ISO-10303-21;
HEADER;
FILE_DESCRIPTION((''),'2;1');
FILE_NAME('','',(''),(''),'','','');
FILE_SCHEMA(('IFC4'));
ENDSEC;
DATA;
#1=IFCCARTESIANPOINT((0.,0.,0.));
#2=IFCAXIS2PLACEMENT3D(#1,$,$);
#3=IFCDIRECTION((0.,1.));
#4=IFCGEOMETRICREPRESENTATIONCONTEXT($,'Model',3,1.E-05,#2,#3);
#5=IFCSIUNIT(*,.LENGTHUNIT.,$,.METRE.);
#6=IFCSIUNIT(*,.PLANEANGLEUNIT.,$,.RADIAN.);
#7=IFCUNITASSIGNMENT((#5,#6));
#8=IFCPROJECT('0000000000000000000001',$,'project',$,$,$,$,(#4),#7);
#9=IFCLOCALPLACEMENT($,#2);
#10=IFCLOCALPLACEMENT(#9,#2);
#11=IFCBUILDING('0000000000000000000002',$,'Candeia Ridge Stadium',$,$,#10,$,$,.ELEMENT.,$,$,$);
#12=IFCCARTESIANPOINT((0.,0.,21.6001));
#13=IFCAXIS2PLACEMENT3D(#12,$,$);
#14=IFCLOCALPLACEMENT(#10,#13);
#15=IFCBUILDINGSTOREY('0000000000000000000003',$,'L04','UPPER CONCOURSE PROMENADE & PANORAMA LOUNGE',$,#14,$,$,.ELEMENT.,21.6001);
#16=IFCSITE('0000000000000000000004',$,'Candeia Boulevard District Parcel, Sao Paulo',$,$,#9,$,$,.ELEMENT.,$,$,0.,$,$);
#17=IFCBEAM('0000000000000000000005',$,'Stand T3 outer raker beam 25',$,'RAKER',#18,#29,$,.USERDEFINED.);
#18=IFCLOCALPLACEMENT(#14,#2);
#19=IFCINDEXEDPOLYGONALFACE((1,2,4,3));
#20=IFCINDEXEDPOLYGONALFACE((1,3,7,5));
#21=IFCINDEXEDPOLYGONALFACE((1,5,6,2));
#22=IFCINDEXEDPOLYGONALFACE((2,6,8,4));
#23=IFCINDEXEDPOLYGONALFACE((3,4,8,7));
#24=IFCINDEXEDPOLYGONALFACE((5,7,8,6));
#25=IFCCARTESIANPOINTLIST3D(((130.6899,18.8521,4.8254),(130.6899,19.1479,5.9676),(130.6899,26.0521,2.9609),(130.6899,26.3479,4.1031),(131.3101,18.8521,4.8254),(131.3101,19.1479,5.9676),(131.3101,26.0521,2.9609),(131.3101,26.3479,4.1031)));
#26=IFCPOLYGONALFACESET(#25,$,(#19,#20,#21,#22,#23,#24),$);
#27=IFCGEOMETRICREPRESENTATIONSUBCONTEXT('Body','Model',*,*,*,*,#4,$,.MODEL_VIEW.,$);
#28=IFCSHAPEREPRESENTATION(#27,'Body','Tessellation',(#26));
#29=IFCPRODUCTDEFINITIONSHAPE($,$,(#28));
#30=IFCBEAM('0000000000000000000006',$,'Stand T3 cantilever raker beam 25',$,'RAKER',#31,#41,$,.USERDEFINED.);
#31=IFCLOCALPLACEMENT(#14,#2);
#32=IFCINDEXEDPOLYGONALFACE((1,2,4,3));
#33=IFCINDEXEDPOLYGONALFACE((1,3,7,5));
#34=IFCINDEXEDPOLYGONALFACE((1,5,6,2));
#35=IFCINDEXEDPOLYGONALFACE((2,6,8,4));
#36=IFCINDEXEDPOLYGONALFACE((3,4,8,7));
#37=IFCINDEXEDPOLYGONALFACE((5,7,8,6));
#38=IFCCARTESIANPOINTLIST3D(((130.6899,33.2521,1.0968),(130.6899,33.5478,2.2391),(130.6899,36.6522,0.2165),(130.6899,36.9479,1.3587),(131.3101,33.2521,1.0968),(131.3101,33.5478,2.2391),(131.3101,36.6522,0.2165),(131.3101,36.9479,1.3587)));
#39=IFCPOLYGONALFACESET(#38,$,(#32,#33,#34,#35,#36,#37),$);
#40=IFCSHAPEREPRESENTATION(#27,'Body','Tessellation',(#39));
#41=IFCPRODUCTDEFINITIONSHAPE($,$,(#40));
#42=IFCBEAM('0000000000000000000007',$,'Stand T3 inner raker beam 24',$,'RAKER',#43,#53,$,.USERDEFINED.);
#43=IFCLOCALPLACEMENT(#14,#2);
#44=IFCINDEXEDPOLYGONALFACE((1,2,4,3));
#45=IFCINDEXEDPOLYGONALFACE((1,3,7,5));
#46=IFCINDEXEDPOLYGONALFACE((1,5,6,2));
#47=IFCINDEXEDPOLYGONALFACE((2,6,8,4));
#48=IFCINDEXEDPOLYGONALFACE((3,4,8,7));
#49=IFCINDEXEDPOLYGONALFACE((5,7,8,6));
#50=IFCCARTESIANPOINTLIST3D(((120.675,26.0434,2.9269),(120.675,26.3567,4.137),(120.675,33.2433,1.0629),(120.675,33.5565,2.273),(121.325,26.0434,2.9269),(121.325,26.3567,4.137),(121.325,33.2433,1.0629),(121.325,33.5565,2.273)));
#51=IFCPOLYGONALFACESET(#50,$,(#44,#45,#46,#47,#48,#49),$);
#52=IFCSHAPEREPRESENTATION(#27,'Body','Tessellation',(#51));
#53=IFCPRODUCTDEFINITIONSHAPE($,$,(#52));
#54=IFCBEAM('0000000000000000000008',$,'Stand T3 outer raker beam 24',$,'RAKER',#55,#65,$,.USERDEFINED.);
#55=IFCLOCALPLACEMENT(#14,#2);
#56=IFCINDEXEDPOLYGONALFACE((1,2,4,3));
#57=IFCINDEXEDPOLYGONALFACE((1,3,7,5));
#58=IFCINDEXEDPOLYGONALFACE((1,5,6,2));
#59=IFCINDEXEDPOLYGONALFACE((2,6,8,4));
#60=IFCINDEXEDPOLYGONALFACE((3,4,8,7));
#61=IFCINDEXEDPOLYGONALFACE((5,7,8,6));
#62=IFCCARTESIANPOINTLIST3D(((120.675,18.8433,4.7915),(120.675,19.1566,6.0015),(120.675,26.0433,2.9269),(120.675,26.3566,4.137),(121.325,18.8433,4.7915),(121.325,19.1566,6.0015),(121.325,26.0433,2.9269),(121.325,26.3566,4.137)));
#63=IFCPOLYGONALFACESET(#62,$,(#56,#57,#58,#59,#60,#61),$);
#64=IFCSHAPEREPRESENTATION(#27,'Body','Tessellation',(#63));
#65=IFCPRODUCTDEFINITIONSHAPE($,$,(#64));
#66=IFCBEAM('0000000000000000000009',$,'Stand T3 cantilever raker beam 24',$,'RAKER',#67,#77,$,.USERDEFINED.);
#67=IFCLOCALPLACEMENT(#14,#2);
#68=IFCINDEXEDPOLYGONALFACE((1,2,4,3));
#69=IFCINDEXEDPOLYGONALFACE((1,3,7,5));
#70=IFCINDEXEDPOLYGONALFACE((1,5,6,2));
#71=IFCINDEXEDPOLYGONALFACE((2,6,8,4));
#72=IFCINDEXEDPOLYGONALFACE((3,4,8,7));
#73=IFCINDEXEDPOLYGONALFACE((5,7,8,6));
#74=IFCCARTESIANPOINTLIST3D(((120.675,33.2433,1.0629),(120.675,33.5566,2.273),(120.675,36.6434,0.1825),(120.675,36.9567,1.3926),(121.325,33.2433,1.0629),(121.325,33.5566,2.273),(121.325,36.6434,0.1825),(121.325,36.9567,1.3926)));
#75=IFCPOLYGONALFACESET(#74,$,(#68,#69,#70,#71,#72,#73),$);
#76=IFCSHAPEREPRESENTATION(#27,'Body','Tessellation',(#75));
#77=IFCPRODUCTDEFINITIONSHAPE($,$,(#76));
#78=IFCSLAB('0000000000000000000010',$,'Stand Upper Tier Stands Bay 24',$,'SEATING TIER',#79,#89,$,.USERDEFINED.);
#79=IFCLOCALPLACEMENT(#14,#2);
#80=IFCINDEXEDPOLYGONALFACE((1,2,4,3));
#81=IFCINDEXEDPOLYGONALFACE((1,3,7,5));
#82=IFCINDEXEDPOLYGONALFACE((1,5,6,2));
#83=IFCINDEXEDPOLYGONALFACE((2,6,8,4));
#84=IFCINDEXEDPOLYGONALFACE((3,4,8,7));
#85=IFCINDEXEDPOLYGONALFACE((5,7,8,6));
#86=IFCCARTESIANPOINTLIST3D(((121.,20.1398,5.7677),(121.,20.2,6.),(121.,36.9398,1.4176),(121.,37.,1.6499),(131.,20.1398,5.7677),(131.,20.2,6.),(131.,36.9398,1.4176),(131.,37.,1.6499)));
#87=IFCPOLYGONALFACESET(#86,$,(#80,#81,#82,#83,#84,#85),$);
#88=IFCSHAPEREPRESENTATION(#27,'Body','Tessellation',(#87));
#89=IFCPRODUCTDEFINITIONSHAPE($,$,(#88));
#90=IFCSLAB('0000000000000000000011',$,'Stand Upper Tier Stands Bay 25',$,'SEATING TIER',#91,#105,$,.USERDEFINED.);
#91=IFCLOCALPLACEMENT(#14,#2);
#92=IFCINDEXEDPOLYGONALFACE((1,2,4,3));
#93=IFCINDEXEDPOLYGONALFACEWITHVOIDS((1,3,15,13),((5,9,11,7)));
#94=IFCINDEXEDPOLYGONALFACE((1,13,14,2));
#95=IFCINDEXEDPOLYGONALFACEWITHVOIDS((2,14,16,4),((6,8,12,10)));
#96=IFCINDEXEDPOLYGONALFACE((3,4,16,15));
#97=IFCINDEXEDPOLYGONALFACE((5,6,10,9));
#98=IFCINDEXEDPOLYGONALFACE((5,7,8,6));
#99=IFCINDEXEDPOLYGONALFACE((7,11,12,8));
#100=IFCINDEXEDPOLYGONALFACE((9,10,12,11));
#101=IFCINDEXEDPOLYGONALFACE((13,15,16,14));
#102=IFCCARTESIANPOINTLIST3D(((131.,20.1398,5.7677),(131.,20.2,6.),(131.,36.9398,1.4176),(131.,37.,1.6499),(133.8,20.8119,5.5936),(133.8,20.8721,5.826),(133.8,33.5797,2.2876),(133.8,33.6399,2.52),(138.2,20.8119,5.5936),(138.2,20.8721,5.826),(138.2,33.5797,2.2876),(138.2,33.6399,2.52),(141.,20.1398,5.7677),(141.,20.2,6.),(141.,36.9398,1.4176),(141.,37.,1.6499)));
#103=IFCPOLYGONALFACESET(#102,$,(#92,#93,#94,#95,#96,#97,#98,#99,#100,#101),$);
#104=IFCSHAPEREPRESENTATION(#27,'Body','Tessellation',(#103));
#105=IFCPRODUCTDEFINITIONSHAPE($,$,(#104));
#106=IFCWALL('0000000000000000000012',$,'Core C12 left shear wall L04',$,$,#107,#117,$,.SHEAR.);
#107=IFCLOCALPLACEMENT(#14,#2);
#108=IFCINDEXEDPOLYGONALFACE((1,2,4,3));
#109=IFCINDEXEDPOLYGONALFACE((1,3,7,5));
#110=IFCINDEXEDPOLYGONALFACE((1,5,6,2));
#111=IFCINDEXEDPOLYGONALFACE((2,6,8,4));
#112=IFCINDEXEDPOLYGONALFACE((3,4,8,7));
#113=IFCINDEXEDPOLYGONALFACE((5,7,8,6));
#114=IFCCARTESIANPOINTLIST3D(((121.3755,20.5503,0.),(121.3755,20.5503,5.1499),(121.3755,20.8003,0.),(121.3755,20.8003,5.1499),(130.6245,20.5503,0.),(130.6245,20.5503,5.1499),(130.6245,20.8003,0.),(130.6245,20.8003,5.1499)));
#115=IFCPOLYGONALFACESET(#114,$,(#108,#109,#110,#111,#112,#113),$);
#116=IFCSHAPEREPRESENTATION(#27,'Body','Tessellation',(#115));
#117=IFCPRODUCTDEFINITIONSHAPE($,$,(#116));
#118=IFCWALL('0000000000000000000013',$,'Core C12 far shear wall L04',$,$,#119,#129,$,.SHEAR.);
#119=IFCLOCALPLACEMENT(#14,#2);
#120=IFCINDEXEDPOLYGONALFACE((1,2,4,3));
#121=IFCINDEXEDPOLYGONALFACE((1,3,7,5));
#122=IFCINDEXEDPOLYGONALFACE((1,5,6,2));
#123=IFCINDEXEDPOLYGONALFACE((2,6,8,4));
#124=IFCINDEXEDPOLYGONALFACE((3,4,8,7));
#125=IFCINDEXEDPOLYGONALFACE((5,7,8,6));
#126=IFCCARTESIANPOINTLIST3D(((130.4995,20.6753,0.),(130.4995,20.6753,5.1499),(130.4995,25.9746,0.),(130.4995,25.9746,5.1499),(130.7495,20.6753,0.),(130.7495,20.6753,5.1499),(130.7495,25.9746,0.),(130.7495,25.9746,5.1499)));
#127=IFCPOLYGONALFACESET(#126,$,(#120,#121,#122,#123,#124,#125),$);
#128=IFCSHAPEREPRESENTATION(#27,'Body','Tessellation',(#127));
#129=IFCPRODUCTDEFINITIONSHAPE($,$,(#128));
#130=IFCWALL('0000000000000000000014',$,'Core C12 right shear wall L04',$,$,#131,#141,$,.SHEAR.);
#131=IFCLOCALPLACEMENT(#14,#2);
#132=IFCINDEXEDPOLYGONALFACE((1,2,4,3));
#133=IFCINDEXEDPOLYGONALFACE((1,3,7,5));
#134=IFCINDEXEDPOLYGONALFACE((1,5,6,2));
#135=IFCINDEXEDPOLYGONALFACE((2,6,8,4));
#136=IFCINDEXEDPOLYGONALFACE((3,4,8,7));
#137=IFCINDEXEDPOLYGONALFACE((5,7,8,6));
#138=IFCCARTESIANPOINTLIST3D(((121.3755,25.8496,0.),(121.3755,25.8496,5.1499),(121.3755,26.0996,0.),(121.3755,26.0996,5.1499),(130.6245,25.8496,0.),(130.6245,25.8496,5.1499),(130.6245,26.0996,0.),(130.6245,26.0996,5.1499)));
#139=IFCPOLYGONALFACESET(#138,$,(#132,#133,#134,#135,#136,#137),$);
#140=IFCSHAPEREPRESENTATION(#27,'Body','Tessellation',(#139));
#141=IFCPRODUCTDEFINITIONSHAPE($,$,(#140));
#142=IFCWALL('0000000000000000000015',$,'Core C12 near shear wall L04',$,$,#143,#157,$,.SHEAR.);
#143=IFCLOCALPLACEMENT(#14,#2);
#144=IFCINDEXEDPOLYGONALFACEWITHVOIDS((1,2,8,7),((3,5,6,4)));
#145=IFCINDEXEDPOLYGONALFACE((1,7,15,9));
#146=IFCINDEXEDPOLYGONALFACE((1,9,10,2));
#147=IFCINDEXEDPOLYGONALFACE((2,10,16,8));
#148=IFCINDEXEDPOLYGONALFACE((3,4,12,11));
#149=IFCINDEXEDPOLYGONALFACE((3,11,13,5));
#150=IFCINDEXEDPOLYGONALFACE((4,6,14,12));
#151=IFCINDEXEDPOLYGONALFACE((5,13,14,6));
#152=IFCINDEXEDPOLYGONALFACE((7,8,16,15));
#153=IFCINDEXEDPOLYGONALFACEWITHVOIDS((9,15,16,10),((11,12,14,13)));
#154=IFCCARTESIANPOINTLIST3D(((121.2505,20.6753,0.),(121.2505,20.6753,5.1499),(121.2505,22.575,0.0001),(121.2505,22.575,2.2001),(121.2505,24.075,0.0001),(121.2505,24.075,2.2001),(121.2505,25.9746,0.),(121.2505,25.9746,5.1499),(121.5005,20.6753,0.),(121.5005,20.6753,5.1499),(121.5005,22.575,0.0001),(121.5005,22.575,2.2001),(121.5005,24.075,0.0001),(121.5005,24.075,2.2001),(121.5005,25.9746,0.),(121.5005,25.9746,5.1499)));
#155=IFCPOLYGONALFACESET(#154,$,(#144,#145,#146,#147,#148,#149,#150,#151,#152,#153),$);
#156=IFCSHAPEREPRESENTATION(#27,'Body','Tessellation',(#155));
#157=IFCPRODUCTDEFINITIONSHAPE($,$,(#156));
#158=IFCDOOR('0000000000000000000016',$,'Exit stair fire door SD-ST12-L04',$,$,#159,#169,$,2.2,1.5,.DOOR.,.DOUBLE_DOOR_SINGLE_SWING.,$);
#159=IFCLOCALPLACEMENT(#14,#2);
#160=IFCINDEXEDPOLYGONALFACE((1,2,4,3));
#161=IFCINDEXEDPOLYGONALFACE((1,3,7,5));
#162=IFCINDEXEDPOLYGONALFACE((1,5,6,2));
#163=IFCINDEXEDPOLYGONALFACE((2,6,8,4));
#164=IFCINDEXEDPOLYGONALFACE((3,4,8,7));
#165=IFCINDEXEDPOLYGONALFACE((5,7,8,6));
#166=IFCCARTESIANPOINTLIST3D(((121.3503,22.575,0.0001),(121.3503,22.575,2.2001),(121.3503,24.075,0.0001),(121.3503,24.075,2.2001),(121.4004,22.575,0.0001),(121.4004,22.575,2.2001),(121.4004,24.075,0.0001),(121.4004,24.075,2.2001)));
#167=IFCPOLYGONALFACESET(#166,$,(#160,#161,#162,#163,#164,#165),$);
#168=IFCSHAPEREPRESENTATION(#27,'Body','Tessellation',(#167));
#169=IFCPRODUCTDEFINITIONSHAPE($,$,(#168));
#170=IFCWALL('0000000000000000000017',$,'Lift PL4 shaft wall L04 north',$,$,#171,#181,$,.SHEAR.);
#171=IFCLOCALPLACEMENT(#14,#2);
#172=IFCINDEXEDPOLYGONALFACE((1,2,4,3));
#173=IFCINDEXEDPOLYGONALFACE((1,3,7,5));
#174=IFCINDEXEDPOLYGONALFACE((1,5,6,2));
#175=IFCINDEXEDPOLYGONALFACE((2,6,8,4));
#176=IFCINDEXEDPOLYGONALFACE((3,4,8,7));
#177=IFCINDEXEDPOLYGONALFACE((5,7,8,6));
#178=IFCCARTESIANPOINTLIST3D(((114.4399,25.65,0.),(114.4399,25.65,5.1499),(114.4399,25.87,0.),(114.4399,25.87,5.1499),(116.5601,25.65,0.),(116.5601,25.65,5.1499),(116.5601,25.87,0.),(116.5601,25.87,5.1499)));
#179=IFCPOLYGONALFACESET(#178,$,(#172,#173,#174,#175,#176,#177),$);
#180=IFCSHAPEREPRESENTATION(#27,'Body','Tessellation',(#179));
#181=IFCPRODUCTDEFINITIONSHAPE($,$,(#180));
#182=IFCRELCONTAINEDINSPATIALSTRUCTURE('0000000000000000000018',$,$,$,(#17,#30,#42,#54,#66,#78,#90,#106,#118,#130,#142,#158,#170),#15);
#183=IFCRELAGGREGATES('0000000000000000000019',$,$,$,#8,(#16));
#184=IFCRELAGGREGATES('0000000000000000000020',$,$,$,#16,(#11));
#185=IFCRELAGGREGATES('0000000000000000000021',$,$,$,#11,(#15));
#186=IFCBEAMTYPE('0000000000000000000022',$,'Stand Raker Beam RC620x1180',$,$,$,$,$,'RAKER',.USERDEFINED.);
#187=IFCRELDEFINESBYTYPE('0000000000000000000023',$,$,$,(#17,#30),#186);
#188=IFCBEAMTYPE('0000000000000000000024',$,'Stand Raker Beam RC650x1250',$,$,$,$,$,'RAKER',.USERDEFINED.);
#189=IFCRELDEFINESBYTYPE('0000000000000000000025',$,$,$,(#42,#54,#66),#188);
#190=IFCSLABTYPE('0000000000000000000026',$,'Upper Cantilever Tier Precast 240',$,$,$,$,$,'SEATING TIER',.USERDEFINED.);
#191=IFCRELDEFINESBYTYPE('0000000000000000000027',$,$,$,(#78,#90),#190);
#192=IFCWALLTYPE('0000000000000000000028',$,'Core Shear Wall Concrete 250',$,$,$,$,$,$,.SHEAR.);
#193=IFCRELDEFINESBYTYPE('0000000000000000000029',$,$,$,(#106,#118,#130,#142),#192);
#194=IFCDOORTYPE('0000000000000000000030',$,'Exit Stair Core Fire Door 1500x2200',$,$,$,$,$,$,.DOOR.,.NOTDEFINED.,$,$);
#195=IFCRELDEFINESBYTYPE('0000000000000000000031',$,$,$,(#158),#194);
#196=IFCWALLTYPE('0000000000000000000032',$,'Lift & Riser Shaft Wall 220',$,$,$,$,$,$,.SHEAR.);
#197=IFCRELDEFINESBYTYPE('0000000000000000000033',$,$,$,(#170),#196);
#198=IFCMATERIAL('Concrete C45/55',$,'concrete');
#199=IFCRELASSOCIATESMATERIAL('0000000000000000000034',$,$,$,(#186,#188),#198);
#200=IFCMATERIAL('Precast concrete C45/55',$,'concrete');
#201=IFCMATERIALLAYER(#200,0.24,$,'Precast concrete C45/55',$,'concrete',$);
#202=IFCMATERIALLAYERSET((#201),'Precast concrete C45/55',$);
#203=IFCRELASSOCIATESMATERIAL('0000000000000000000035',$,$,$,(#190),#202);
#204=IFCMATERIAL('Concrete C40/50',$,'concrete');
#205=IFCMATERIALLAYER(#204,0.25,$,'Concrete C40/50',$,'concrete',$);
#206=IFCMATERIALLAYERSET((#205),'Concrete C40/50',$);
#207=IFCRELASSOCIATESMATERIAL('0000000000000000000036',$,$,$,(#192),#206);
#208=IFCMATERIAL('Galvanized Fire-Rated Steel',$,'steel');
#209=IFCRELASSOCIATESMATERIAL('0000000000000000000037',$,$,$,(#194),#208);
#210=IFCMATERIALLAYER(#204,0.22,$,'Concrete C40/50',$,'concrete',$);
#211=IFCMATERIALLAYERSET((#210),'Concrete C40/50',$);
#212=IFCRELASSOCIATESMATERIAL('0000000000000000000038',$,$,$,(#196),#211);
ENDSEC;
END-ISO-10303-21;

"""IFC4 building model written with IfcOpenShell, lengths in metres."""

from ifc_helpers import new_model, si_unit, direction, frame, frame_2d, origin, origin_2d, place, context, subcontext, project, spatial, polyline, rectangle, outline, extrude, material, layer, layer_set, material_profile, profile_set, type_object, element, fill, save


model = new_model("IFC4")

# Units and contexts
model_context = context("Model", 3, precision=1e-05, world=origin(), true_north=direction((0.0, 1.0)))
body_context = subcontext(model_context, "Body", "Model", "MODEL_VIEW")
ifc_project = project(units=[si_unit("LENGTHUNIT", "METRE"), si_unit("PLANEANGLEUNIT", "RADIAN")], contexts=[model_context])

# Site, building, storey
site_placement = place(None, origin())
site = spatial("IfcSite", under=ifc_project, at=site_placement, Name="Candeia Boulevard District Parcel, Sao Paulo", CompositionType="ELEMENT", RefElevation=0.0)
building_placement = place(site_placement, origin())
building = spatial("IfcBuilding", under=site, at=building_placement, Name="Candeia Ridge Stadium", CompositionType="ELEMENT")
storey_placement = place(building_placement, frame((0.0, 0.0, 21.6001)))
storey = spatial("IfcBuildingStorey", under=building, at=storey_placement, Name="L04", Description="UPPER CONCOURSE PROMENADE & PANORAMA LOUNGE", CompositionType="ELEMENT", Elevation=21.6001)

# Shared definitions
ifc_material_1 = material(Name="Concrete C45/55", Category="concrete")

# Beams
ifc_material_2 = material(Name="Concrete C40/50", Category="concrete")
ifc_material_profile_1 = material_profile(ifc_material_1, rectangle(XDim=0.6201, YDim=1.1799, at=origin_2d()), Name="RC620x1180", Category="concrete")
ifc_profile_set_1 = profile_set([ifc_material_profile_1], Name="Concrete C45/55")
beam_type_1 = type_object("IfcBeamType", Name="Stand Raker Beam RC620x1180", ElementType="RAKER", PredefinedType="USERDEFINED", material=ifc_profile_set_1)
beam_1_placement = place(storey_placement, frame((131.0, 26.2, 3.532), z_axis=(0.0, -0.968067, 0.250691), x_axis=(1.0, 0.0, 0.0)))
element("IfcBeam", 1, at=beam_1_placement, inside=storey, type_object=beam_type_1, Name="Stand T3 outer raker beam 25", ObjectType="RAKER", PredefinedType="USERDEFINED", context=body_context, shape_type="SweptSolid", body=[
    extrude(rectangle(XDim=0.6201, YDim=1.1799, at=origin_2d()), origin(), (0.0, 0.0, 1.0), 7.4375),
])
beam_2_placement = place(storey_placement, frame((131.0, 36.8, 0.7876), z_axis=(0.0, -0.968076, 0.250656), x_axis=(1.0, 0.0, 0.0)))
element("IfcBeam", 2, at=beam_2_placement, inside=storey, type_object=beam_type_1, Name="Stand T3 cantilever raker beam 25", ObjectType="RAKER", PredefinedType="USERDEFINED", context=body_context, shape_type="SweptSolid", body=[
    extrude(rectangle(XDim=0.6201, YDim=1.1799, at=origin_2d()), origin(), (0.0, 0.0, 1.0), 3.5122),
])
ifc_material_profile_2 = material_profile(ifc_material_1, rectangle(XDim=0.6499, YDim=1.25, at=origin_2d()), Name="RC650x1250", Category="concrete")
ifc_profile_set_2 = profile_set([ifc_material_profile_2], Name="Concrete C45/55")
beam_type_2 = type_object("IfcBeamType", Name="Stand Raker Beam RC650x1250", ElementType="RAKER", PredefinedType="USERDEFINED", material=ifc_profile_set_2)
beam_3_placement = place(storey_placement, frame((121.0, 33.3999, 1.668), z_axis=(0.0, -0.968083, 0.250629), x_axis=(1.0, 0.0, 0.0)))
element("IfcBeam", 3, at=beam_3_placement, inside=storey, type_object=beam_type_2, Name="Stand T3 inner raker beam 24", ObjectType="RAKER", PredefinedType="USERDEFINED", context=body_context, shape_type="SweptSolid", body=[
    extrude(rectangle(XDim=0.6499, YDim=1.25, at=origin_2d()), origin(), (0.0, 0.0, 1.0), 7.4373),
])
beam_4_placement = place(storey_placement, frame((121.0, 26.2, 3.532), z_axis=(0.0, -0.968067, 0.250691), x_axis=(1.0, 0.0, 0.0)))
element("IfcBeam", 4, at=beam_4_placement, inside=storey, type_object=beam_type_2, Name="Stand T3 outer raker beam 24", ObjectType="RAKER", PredefinedType="USERDEFINED", context=body_context, shape_type="SweptSolid", body=[
    extrude(rectangle(XDim=0.6499, YDim=1.25, at=origin_2d()), origin(), (0.0, 0.0, 1.0), 7.4375),
])
beam_5_placement = place(storey_placement, frame((121.0, 36.8, 0.7876), z_axis=(0.0, -0.968076, 0.250656), x_axis=(1.0, 0.0, 0.0)))
element("IfcBeam", 5, at=beam_5_placement, inside=storey, type_object=beam_type_2, Name="Stand T3 cantilever raker beam 24", ObjectType="RAKER", PredefinedType="USERDEFINED", context=body_context, shape_type="SweptSolid", body=[
    extrude(rectangle(XDim=0.6499, YDim=1.25, at=origin_2d()), origin(), (0.0, 0.0, 1.0), 3.5122),
])

# Slabs
ifc_material_3 = material(Name="Precast concrete C45/55", Category="concrete")
ifc_layer_1 = layer(ifc_material_3, 0.24, Name="Precast concrete C45/55", Category="concrete")
ifc_layer_set_1 = layer_set([ifc_layer_1], Name="Precast concrete C45/55")
slab_type = type_object("IfcSlabType", Name="Upper Cantilever Tier Precast 240", ElementType="SEATING TIER", PredefinedType="USERDEFINED", material=ifc_layer_set_1)
slab_1_placement = place(storey_placement, frame((121.0, 37.0, 1.6499), z_axis=(0.0, 0.250667, 0.968073), x_axis=(1.0, 0.0, 0.0)))
element("IfcSlab", 6, at=slab_1_placement, inside=storey, type_object=slab_type, Name="Stand Upper Tier Stands Bay 24", ObjectType="SEATING TIER", PredefinedType="USERDEFINED", context=body_context, shape_type="SweptSolid", body=[
    extrude(outline(polyline([(0.0, 0.0), (10.0, 0.0), (10.0, -17.3541), (0.0, -17.3541), (0.0, 0.0)])), origin(), (0.0, 0.0, -1.0), 0.24),
])
slab_2_placement = place(storey_placement, frame((131.0, 37.0, 1.6499), z_axis=(0.0, 0.250667, 0.968073), x_axis=(1.0, 0.0, 0.0)))
element("IfcSlab", 7, at=slab_2_placement, inside=storey, type_object=slab_type, Name="Stand Upper Tier Stands Bay 25", ObjectType="SEATING TIER", PredefinedType="USERDEFINED", context=body_context, shape_type="SweptSolid", body=[
    extrude(outline(polyline([(0.0, 0.0), (10.0, 0.0), (10.0, -17.3541), (0.0, -17.3541), (0.0, 0.0)]), holes=[polyline([(2.8, -3.4709), (7.2, -3.4709), (7.2, -16.6598), (2.8, -16.6598), (2.8, -3.4709)])]), origin(), (0.0, 0.0, -1.0), 0.24),
])

# Walls
ifc_layer_2 = layer(ifc_material_2, 0.25, Name="Concrete C40/50", Category="concrete")
ifc_layer_set_2 = layer_set([ifc_layer_2], Name="Concrete C40/50")
wall_type_1 = type_object("IfcWallType", Name="Core Shear Wall Concrete 250", PredefinedType="SHEAR", material=ifc_layer_set_2)
wall_1_placement = place(storey_placement, frame((121.3755, 20.6753, 0.0), z_axis=(0.0, 0.0, 1.0), x_axis=(1.0, 0.0, 0.0)))
element("IfcWall", 8, at=wall_1_placement, inside=storey, type_object=wall_type_1, Name="Core C12 left shear wall L04", PredefinedType="SHEAR", context=body_context, shape_type="SweptSolid", body=[
    extrude(rectangle(XDim=9.249, YDim=0.25, at=frame_2d((4.6245, 0.0))), origin(), (0.0, 0.0, 1.0), 5.1499),
])
wall_2_placement = place(storey_placement, frame((130.6245, 20.6753, 0.0), z_axis=(0.0, 0.0, 1.0), x_axis=(0.0, 1.0, 0.0)))
element("IfcWall", 9, at=wall_2_placement, inside=storey, type_object=wall_type_1, Name="Core C12 far shear wall L04", PredefinedType="SHEAR", context=body_context, shape_type="SweptSolid", body=[
    extrude(rectangle(XDim=5.2993, YDim=0.25, at=frame_2d((2.6497, 0.0))), origin(), (0.0, 0.0, 1.0), 5.1499),
])
wall_3_placement = place(storey_placement, frame((130.6245, 25.9746, 0.0), z_axis=(0.0, 0.0, 1.0), x_axis=(-1.0, 0.0, 0.0)))
element("IfcWall", 10, at=wall_3_placement, inside=storey, type_object=wall_type_1, Name="Core C12 right shear wall L04", PredefinedType="SHEAR", context=body_context, shape_type="SweptSolid", body=[
    extrude(rectangle(XDim=9.249, YDim=0.25, at=frame_2d((4.6245, 0.0))), origin(), (0.0, 0.0, 1.0), 5.1499),
])

# Wall, opening, door
wall_4_placement = place(storey_placement, frame((121.3755, 25.9746, 0.0), z_axis=(0.0, 0.0, 1.0), x_axis=(0.0, -1.0, 0.0)))
wall_4 = element("IfcWall", 11, at=wall_4_placement, inside=storey, type_object=wall_type_1, Name="Core C12 near shear wall L04", PredefinedType="SHEAR", context=body_context, shape_type="SweptSolid", body=[
    extrude(rectangle(XDim=5.2993, YDim=0.25, at=frame_2d((2.6497, 0.0))), origin(), (0.0, 0.0, 1.0), 5.1499),
])
opening_1_placement = place(wall_4_placement, frame((1.8997, 0.0, 0.0)))
opening_1 = element("IfcOpeningElement", 12, at=opening_1_placement, cuts=wall_4, PredefinedType="OPENING", context=body_context, shape_type="SweptSolid", body=[
    extrude(rectangle(XDim=1.5, YDim=2.2, at=frame_2d((0.75, 1.1001))), frame((0.0, 0.135, 0.0), z_axis=(0.0, -1.0, 0.0), x_axis=(1.0, 0.0, 0.0)), (0.0, 0.0, 1.0), 0.27),
])
ifc_material_4 = material(Name="Galvanized Fire-Rated Steel", Category="steel")
door_type_1 = type_object("IfcDoorType", Name="Exit Stair Core Fire Door 1500x2200", OperationType="NOTDEFINED", PredefinedType="DOOR", material=ifc_material_4)
door_1_placement = place(opening_1_placement, origin())
door_1 = element("IfcDoor", 13, at=door_1_placement, inside=storey, type_object=door_type_1, Name="Exit stair fire door SD-ST12-L04", OperationType="DOUBLE_DOOR_SINGLE_SWING", OverallHeight=2.2, OverallWidth=1.5, PredefinedType="DOOR", context=body_context, shape_type="SweptSolid", body=[
    extrude(rectangle(XDim=1.5, YDim=2.2, at=frame_2d((0.75, 1.1001))), frame((0.0, 0.0249, 0.0), z_axis=(0.0, -1.0, 0.0), x_axis=(1.0, 0.0, 0.0)), (0.0, 0.0, 1.0), 0.05),
])
fill(opening_1, door_1)
ifc_layer_3 = layer(ifc_material_2, 0.22, Name="Concrete C40/50", Category="concrete")
ifc_layer_set_3 = layer_set([ifc_layer_3], Name="Concrete C40/50")
wall_type_2 = type_object("IfcWallType", Name="Lift & Riser Shaft Wall 220", PredefinedType="SHEAR", material=ifc_layer_set_3)

# Wall
wall_5_placement = place(storey_placement, frame((116.5601, 25.76, 0.0), z_axis=(0.0, 0.0, 1.0), x_axis=(-1.0, 0.0, 0.0)))
element("IfcWall", 14, at=wall_5_placement, inside=storey, type_object=wall_type_2, Name="Lift PL4 shaft wall L04 north", PredefinedType="SHEAR", context=body_context, shape_type="SweptSolid", body=[
    extrude(rectangle(XDim=2.1201, YDim=0.22, at=frame_2d((1.0601, 0.0))), origin(), (0.0, 0.0, 1.0), 5.1499),
])

save(model, "model.ifc")
